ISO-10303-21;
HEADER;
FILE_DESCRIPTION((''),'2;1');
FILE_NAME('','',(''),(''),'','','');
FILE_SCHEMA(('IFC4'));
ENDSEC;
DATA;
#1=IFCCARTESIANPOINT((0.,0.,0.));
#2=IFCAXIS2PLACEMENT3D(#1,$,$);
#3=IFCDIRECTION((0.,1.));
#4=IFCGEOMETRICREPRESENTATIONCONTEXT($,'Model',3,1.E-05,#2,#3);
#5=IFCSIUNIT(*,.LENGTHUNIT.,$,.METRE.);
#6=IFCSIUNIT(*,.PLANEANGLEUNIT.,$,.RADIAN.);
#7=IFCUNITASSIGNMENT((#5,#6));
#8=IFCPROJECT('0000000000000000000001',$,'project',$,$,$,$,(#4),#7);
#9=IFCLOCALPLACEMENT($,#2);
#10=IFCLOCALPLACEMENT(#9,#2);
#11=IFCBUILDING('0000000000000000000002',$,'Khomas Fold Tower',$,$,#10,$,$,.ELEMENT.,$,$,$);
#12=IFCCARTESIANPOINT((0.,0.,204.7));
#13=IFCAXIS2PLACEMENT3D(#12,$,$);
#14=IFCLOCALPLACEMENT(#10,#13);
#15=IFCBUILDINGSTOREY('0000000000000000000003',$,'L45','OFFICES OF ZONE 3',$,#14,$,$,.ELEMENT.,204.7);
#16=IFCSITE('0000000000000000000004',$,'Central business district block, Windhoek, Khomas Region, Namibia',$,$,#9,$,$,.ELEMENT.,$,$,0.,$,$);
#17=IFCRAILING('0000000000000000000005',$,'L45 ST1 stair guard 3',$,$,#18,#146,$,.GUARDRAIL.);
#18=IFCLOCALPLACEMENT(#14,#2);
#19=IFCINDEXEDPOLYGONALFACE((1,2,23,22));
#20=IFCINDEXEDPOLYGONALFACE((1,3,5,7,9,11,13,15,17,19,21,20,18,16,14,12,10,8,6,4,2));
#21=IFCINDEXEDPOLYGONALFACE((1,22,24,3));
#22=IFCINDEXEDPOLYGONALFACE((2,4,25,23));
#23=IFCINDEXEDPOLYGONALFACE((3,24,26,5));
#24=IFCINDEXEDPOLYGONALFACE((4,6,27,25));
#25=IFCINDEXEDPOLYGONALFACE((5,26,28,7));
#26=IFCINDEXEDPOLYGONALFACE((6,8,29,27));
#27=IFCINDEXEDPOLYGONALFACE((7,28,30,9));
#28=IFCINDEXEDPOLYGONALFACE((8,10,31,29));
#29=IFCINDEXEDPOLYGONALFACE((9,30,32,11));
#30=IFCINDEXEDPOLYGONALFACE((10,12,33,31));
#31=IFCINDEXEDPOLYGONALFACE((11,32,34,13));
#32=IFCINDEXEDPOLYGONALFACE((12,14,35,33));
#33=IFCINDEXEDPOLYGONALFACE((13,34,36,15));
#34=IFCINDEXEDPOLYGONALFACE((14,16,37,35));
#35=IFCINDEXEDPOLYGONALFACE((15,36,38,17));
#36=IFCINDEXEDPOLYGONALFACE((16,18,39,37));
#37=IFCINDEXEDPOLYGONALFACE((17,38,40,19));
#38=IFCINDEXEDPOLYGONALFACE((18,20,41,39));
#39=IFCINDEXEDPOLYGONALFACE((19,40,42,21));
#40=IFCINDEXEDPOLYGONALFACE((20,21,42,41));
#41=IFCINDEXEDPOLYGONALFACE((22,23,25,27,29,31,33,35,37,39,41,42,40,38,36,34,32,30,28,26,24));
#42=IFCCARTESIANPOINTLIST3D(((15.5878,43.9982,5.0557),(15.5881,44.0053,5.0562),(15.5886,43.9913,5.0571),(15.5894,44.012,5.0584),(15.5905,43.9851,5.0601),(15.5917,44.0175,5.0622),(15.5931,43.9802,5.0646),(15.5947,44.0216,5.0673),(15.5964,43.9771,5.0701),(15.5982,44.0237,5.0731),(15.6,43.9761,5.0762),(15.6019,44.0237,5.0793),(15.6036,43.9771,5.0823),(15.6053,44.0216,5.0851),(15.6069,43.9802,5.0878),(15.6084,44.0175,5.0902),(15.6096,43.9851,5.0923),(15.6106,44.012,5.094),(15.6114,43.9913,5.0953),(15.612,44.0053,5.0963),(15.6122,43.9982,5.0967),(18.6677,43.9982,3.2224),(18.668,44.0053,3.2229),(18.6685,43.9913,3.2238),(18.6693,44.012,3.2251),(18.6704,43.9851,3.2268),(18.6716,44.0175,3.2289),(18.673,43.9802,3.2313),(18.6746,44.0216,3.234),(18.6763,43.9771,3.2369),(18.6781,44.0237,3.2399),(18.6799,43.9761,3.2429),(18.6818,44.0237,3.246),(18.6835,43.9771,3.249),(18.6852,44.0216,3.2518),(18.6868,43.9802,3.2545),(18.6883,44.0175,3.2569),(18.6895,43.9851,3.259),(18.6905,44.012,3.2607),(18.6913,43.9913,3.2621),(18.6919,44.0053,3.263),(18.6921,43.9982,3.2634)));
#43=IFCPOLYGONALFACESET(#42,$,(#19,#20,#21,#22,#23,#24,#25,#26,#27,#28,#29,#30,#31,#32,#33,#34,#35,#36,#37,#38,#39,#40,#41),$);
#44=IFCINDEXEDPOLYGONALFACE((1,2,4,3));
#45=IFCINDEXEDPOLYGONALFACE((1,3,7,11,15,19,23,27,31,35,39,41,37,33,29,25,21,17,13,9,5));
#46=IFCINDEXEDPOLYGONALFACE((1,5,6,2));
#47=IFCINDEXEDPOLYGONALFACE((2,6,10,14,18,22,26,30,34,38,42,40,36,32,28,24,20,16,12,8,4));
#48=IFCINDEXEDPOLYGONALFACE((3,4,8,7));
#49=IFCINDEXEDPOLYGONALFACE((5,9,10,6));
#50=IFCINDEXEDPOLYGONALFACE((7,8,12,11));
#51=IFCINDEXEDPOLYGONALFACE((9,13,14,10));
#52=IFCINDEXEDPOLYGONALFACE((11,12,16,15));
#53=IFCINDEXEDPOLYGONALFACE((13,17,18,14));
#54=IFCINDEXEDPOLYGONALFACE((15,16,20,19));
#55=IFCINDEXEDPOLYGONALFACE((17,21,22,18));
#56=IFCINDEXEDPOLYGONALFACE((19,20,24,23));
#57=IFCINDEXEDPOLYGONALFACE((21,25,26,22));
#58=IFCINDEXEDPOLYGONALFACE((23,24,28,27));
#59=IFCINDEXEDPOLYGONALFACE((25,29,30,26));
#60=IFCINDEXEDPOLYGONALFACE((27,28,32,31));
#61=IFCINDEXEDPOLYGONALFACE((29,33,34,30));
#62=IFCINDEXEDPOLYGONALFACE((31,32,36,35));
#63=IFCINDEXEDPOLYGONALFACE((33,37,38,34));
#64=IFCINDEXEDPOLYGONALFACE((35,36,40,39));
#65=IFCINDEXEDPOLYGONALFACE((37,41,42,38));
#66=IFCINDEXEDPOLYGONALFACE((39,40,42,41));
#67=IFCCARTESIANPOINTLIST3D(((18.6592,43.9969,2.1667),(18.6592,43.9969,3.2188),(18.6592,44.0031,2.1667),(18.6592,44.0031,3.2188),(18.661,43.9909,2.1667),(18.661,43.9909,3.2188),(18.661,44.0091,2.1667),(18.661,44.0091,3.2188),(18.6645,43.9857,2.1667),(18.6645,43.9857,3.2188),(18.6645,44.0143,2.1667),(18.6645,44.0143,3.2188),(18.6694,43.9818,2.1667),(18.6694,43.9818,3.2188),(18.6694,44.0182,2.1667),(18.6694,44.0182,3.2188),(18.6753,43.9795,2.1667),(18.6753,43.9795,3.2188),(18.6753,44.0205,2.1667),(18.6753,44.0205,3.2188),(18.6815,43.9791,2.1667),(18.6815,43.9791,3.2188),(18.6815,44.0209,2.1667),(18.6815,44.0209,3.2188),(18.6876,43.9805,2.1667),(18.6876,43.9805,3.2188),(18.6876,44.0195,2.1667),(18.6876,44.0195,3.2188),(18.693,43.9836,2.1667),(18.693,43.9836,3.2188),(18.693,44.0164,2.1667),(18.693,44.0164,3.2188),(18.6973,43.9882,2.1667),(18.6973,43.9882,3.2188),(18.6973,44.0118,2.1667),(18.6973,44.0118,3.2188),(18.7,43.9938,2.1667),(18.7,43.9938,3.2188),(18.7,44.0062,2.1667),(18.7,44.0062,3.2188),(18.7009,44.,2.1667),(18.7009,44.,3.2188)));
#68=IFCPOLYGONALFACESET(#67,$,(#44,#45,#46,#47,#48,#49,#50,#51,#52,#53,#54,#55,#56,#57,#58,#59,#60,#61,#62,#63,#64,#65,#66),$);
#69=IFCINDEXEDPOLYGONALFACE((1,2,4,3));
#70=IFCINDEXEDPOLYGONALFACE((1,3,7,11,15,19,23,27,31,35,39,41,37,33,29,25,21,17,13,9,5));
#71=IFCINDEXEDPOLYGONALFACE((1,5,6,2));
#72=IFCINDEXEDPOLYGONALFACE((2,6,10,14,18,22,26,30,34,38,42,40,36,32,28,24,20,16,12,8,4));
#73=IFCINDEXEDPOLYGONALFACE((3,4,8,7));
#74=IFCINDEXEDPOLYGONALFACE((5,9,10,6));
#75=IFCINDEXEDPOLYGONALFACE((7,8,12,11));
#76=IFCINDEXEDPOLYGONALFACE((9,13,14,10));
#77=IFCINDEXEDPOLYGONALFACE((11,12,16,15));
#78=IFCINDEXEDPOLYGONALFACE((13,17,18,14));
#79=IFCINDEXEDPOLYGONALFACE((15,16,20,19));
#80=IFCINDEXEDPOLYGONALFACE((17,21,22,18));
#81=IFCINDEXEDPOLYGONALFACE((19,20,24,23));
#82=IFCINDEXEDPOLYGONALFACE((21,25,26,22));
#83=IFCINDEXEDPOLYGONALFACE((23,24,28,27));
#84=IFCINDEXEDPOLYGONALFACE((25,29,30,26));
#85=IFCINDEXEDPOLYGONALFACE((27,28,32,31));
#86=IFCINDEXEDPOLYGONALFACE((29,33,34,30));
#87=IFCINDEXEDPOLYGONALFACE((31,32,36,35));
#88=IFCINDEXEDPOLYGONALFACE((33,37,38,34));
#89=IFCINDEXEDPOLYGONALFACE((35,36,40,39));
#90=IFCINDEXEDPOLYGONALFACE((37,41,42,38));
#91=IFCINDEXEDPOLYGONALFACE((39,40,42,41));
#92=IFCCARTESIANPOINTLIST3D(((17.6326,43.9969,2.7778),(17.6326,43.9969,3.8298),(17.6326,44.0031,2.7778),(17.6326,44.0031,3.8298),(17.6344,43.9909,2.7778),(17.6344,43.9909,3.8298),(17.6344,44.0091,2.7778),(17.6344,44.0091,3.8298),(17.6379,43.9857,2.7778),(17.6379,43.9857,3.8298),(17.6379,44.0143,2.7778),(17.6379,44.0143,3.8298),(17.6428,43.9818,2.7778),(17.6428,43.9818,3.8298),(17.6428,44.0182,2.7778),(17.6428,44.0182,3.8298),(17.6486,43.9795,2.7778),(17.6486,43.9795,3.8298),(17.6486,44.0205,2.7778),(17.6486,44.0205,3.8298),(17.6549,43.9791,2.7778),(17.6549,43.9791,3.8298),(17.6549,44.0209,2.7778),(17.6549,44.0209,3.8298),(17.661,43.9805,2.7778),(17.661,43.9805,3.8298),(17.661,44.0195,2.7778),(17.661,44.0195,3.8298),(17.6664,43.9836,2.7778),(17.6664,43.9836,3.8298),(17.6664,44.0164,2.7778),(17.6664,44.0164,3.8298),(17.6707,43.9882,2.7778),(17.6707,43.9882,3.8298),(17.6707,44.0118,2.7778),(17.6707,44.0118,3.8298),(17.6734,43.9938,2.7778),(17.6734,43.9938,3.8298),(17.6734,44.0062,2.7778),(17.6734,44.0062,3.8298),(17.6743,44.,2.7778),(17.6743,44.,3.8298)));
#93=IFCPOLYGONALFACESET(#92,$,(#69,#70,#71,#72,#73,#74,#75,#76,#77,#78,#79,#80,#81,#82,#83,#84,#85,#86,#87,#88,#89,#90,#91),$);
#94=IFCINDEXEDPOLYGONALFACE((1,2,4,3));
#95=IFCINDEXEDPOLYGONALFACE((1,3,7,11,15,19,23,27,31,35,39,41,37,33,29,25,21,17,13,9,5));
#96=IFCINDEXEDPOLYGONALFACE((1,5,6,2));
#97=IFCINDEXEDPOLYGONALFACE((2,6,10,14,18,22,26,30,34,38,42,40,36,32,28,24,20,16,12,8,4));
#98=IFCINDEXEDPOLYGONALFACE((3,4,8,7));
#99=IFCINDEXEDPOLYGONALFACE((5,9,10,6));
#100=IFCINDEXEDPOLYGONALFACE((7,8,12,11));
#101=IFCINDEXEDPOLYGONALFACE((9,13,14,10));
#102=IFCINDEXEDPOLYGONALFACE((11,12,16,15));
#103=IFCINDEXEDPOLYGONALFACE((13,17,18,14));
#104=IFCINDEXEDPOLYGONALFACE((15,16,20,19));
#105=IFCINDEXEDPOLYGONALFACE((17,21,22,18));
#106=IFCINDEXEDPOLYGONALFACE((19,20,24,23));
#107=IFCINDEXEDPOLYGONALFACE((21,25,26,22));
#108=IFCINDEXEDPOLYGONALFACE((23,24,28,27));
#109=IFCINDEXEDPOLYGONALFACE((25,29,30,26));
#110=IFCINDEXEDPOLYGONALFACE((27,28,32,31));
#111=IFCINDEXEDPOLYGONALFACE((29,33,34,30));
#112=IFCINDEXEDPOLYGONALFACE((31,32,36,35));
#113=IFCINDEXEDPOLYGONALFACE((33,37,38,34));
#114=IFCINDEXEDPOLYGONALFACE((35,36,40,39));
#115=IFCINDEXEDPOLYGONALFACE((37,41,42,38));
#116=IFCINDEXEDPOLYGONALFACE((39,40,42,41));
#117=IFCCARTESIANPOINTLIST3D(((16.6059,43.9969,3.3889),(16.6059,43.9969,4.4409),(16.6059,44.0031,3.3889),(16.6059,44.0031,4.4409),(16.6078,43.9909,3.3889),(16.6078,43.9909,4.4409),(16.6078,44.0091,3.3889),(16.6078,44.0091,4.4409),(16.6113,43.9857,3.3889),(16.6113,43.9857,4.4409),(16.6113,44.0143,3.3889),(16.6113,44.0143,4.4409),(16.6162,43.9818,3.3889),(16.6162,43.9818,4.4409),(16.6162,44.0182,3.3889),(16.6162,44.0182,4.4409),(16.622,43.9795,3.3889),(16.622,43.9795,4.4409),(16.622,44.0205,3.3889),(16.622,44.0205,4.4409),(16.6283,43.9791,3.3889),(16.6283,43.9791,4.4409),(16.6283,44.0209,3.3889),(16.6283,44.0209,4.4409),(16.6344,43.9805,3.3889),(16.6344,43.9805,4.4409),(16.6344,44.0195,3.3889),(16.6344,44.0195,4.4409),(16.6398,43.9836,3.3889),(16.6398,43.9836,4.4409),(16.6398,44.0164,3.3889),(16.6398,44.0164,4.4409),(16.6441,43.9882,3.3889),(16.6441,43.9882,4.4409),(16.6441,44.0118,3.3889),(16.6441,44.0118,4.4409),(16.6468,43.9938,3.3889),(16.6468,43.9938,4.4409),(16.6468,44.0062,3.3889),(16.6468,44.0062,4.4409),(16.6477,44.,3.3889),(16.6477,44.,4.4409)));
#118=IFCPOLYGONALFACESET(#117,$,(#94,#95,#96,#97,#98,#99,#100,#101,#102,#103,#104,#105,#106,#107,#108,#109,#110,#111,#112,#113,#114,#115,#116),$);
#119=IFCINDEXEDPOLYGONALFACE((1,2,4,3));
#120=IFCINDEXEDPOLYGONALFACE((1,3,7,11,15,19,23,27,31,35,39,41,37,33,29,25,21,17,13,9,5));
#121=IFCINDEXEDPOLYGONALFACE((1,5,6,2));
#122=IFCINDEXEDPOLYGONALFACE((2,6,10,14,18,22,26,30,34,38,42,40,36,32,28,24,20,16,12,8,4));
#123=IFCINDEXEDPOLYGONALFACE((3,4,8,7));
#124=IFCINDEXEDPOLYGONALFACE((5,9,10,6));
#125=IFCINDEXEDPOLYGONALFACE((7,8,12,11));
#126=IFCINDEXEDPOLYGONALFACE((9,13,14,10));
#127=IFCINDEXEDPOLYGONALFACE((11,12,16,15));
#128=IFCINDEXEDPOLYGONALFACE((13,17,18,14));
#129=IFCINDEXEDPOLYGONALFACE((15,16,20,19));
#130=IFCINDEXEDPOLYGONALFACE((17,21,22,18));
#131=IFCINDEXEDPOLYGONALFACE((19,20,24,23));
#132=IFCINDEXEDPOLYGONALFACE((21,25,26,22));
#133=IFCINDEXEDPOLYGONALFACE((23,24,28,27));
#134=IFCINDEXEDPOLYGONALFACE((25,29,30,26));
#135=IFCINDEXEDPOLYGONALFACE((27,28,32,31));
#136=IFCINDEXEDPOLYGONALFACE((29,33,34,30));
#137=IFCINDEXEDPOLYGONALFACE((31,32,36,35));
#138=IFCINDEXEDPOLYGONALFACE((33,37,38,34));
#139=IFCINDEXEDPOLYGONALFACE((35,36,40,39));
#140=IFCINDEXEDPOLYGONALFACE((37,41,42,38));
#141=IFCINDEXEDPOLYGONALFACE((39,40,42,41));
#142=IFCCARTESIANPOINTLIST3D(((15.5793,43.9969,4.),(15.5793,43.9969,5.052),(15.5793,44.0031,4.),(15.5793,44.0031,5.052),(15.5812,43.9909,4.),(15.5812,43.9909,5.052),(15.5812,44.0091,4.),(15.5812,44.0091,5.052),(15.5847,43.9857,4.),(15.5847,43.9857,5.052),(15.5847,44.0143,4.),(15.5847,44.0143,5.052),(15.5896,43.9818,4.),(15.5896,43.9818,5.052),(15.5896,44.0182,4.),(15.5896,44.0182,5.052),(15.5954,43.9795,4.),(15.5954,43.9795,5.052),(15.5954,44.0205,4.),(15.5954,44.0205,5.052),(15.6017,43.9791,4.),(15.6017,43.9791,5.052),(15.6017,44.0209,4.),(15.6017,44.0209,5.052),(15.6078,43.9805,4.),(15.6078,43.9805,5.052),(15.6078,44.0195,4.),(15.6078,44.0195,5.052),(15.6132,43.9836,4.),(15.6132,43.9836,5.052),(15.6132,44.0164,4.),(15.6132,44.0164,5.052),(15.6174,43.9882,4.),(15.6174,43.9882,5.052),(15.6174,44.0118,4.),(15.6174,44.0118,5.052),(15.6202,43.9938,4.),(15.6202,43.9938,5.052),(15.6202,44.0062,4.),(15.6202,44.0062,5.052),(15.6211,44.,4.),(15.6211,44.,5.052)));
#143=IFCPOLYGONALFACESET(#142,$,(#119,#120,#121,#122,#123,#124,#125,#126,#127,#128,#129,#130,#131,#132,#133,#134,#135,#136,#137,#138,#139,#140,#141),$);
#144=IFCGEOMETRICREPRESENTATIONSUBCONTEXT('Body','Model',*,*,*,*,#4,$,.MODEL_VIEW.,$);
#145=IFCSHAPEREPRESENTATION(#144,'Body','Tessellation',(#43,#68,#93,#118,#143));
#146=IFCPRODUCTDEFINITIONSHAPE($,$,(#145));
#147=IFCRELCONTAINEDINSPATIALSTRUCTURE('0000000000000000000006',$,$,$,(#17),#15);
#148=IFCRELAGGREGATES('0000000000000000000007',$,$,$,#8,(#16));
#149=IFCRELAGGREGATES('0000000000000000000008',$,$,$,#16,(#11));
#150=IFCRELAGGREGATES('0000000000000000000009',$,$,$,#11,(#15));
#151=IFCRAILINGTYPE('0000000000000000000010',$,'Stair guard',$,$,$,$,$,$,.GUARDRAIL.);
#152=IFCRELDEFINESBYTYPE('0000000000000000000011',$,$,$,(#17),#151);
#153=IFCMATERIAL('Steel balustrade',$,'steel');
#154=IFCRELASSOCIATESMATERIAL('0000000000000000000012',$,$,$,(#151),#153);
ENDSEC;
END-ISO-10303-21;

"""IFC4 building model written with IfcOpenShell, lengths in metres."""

from ifc_helpers import new_model, si_unit, direction, frame, origin, origin_2d, place, context, subcontext, project, spatial, circle, extrude, source, transform, mapped, material, type_object, element, save


model = new_model("IFC4")

# Units and contexts
model_context = context("Model", 3, precision=1e-05, world=origin(), true_north=direction((0.0, 1.0)))
body_context = subcontext(model_context, "Body", "Model", "MODEL_VIEW")
ifc_project = project(units=[si_unit("LENGTHUNIT", "METRE"), si_unit("PLANEANGLEUNIT", "RADIAN")], contexts=[model_context])

# Site, building, storey
site_placement = place(None, origin())
site = spatial("IfcSite", under=ifc_project, at=site_placement, Name="Central business district block, Windhoek, Khomas Region, Namibia", CompositionType="ELEMENT", RefElevation=0.0)
building_placement = place(site_placement, origin())
building = spatial("IfcBuilding", under=site, at=building_placement, Name="Khomas Fold Tower", CompositionType="ELEMENT")
storey_placement = place(building_placement, frame((0.0, 0.0, 204.7)))
storey = spatial("IfcBuildingStorey", under=building, at=storey_placement, Name="L45", Description="OFFICES OF ZONE 3", CompositionType="ELEMENT", Elevation=204.7)

# Railing
ifc_material_1 = material(Name="Steel balustrade", Category="steel")
railing_type_1 = type_object("IfcRailingType", Name="Stair guard", PredefinedType="GUARDRAIL", material=ifc_material_1)
shared_shape_1 = source(origin(), body_context, "Body", "SweptSolid", [
    extrude(circle(Radius=0.0239, at=origin_2d()), frame((0.0, 0.0, 1.0762), z_axis=(-0.859291, 0.0, 0.511487), x_axis=(0.0, -1.0, 0.0)), (0.0, 0.0, 1.0), 3.5842),
    extrude(circle(Radius=0.021, at=origin_2d()), origin(), (0.0, 0.0, 1.0), 1.052),
    extrude(circle(Radius=0.021, at=origin_2d()), frame((-1.0266, 0.0, 0.6111)), (0.0, 0.0, 1.0), 1.052),
    extrude(circle(Radius=0.021, at=origin_2d()), frame((-2.0532, 0.0, 1.2222)), (0.0, 0.0, 1.0), 1.052),
    extrude(circle(Radius=0.021, at=origin_2d()), frame((-3.0798, 0.0, 1.8333)), (0.0, 0.0, 1.0), 1.052),
])
railing_1_placement = place(storey_placement, frame((18.6799, 44.0, 2.1667)))
element("IfcRailing", 1, at=railing_1_placement, inside=storey, type_object=railing_type_1, Name="L45 ST1 stair guard 3", PredefinedType="GUARDRAIL", context=body_context, shape_type="MappedRepresentation", body=[
    mapped(shared_shape_1, transform((0.0, 0.0, 0.0))),
])

save(model, "model.ifc")
